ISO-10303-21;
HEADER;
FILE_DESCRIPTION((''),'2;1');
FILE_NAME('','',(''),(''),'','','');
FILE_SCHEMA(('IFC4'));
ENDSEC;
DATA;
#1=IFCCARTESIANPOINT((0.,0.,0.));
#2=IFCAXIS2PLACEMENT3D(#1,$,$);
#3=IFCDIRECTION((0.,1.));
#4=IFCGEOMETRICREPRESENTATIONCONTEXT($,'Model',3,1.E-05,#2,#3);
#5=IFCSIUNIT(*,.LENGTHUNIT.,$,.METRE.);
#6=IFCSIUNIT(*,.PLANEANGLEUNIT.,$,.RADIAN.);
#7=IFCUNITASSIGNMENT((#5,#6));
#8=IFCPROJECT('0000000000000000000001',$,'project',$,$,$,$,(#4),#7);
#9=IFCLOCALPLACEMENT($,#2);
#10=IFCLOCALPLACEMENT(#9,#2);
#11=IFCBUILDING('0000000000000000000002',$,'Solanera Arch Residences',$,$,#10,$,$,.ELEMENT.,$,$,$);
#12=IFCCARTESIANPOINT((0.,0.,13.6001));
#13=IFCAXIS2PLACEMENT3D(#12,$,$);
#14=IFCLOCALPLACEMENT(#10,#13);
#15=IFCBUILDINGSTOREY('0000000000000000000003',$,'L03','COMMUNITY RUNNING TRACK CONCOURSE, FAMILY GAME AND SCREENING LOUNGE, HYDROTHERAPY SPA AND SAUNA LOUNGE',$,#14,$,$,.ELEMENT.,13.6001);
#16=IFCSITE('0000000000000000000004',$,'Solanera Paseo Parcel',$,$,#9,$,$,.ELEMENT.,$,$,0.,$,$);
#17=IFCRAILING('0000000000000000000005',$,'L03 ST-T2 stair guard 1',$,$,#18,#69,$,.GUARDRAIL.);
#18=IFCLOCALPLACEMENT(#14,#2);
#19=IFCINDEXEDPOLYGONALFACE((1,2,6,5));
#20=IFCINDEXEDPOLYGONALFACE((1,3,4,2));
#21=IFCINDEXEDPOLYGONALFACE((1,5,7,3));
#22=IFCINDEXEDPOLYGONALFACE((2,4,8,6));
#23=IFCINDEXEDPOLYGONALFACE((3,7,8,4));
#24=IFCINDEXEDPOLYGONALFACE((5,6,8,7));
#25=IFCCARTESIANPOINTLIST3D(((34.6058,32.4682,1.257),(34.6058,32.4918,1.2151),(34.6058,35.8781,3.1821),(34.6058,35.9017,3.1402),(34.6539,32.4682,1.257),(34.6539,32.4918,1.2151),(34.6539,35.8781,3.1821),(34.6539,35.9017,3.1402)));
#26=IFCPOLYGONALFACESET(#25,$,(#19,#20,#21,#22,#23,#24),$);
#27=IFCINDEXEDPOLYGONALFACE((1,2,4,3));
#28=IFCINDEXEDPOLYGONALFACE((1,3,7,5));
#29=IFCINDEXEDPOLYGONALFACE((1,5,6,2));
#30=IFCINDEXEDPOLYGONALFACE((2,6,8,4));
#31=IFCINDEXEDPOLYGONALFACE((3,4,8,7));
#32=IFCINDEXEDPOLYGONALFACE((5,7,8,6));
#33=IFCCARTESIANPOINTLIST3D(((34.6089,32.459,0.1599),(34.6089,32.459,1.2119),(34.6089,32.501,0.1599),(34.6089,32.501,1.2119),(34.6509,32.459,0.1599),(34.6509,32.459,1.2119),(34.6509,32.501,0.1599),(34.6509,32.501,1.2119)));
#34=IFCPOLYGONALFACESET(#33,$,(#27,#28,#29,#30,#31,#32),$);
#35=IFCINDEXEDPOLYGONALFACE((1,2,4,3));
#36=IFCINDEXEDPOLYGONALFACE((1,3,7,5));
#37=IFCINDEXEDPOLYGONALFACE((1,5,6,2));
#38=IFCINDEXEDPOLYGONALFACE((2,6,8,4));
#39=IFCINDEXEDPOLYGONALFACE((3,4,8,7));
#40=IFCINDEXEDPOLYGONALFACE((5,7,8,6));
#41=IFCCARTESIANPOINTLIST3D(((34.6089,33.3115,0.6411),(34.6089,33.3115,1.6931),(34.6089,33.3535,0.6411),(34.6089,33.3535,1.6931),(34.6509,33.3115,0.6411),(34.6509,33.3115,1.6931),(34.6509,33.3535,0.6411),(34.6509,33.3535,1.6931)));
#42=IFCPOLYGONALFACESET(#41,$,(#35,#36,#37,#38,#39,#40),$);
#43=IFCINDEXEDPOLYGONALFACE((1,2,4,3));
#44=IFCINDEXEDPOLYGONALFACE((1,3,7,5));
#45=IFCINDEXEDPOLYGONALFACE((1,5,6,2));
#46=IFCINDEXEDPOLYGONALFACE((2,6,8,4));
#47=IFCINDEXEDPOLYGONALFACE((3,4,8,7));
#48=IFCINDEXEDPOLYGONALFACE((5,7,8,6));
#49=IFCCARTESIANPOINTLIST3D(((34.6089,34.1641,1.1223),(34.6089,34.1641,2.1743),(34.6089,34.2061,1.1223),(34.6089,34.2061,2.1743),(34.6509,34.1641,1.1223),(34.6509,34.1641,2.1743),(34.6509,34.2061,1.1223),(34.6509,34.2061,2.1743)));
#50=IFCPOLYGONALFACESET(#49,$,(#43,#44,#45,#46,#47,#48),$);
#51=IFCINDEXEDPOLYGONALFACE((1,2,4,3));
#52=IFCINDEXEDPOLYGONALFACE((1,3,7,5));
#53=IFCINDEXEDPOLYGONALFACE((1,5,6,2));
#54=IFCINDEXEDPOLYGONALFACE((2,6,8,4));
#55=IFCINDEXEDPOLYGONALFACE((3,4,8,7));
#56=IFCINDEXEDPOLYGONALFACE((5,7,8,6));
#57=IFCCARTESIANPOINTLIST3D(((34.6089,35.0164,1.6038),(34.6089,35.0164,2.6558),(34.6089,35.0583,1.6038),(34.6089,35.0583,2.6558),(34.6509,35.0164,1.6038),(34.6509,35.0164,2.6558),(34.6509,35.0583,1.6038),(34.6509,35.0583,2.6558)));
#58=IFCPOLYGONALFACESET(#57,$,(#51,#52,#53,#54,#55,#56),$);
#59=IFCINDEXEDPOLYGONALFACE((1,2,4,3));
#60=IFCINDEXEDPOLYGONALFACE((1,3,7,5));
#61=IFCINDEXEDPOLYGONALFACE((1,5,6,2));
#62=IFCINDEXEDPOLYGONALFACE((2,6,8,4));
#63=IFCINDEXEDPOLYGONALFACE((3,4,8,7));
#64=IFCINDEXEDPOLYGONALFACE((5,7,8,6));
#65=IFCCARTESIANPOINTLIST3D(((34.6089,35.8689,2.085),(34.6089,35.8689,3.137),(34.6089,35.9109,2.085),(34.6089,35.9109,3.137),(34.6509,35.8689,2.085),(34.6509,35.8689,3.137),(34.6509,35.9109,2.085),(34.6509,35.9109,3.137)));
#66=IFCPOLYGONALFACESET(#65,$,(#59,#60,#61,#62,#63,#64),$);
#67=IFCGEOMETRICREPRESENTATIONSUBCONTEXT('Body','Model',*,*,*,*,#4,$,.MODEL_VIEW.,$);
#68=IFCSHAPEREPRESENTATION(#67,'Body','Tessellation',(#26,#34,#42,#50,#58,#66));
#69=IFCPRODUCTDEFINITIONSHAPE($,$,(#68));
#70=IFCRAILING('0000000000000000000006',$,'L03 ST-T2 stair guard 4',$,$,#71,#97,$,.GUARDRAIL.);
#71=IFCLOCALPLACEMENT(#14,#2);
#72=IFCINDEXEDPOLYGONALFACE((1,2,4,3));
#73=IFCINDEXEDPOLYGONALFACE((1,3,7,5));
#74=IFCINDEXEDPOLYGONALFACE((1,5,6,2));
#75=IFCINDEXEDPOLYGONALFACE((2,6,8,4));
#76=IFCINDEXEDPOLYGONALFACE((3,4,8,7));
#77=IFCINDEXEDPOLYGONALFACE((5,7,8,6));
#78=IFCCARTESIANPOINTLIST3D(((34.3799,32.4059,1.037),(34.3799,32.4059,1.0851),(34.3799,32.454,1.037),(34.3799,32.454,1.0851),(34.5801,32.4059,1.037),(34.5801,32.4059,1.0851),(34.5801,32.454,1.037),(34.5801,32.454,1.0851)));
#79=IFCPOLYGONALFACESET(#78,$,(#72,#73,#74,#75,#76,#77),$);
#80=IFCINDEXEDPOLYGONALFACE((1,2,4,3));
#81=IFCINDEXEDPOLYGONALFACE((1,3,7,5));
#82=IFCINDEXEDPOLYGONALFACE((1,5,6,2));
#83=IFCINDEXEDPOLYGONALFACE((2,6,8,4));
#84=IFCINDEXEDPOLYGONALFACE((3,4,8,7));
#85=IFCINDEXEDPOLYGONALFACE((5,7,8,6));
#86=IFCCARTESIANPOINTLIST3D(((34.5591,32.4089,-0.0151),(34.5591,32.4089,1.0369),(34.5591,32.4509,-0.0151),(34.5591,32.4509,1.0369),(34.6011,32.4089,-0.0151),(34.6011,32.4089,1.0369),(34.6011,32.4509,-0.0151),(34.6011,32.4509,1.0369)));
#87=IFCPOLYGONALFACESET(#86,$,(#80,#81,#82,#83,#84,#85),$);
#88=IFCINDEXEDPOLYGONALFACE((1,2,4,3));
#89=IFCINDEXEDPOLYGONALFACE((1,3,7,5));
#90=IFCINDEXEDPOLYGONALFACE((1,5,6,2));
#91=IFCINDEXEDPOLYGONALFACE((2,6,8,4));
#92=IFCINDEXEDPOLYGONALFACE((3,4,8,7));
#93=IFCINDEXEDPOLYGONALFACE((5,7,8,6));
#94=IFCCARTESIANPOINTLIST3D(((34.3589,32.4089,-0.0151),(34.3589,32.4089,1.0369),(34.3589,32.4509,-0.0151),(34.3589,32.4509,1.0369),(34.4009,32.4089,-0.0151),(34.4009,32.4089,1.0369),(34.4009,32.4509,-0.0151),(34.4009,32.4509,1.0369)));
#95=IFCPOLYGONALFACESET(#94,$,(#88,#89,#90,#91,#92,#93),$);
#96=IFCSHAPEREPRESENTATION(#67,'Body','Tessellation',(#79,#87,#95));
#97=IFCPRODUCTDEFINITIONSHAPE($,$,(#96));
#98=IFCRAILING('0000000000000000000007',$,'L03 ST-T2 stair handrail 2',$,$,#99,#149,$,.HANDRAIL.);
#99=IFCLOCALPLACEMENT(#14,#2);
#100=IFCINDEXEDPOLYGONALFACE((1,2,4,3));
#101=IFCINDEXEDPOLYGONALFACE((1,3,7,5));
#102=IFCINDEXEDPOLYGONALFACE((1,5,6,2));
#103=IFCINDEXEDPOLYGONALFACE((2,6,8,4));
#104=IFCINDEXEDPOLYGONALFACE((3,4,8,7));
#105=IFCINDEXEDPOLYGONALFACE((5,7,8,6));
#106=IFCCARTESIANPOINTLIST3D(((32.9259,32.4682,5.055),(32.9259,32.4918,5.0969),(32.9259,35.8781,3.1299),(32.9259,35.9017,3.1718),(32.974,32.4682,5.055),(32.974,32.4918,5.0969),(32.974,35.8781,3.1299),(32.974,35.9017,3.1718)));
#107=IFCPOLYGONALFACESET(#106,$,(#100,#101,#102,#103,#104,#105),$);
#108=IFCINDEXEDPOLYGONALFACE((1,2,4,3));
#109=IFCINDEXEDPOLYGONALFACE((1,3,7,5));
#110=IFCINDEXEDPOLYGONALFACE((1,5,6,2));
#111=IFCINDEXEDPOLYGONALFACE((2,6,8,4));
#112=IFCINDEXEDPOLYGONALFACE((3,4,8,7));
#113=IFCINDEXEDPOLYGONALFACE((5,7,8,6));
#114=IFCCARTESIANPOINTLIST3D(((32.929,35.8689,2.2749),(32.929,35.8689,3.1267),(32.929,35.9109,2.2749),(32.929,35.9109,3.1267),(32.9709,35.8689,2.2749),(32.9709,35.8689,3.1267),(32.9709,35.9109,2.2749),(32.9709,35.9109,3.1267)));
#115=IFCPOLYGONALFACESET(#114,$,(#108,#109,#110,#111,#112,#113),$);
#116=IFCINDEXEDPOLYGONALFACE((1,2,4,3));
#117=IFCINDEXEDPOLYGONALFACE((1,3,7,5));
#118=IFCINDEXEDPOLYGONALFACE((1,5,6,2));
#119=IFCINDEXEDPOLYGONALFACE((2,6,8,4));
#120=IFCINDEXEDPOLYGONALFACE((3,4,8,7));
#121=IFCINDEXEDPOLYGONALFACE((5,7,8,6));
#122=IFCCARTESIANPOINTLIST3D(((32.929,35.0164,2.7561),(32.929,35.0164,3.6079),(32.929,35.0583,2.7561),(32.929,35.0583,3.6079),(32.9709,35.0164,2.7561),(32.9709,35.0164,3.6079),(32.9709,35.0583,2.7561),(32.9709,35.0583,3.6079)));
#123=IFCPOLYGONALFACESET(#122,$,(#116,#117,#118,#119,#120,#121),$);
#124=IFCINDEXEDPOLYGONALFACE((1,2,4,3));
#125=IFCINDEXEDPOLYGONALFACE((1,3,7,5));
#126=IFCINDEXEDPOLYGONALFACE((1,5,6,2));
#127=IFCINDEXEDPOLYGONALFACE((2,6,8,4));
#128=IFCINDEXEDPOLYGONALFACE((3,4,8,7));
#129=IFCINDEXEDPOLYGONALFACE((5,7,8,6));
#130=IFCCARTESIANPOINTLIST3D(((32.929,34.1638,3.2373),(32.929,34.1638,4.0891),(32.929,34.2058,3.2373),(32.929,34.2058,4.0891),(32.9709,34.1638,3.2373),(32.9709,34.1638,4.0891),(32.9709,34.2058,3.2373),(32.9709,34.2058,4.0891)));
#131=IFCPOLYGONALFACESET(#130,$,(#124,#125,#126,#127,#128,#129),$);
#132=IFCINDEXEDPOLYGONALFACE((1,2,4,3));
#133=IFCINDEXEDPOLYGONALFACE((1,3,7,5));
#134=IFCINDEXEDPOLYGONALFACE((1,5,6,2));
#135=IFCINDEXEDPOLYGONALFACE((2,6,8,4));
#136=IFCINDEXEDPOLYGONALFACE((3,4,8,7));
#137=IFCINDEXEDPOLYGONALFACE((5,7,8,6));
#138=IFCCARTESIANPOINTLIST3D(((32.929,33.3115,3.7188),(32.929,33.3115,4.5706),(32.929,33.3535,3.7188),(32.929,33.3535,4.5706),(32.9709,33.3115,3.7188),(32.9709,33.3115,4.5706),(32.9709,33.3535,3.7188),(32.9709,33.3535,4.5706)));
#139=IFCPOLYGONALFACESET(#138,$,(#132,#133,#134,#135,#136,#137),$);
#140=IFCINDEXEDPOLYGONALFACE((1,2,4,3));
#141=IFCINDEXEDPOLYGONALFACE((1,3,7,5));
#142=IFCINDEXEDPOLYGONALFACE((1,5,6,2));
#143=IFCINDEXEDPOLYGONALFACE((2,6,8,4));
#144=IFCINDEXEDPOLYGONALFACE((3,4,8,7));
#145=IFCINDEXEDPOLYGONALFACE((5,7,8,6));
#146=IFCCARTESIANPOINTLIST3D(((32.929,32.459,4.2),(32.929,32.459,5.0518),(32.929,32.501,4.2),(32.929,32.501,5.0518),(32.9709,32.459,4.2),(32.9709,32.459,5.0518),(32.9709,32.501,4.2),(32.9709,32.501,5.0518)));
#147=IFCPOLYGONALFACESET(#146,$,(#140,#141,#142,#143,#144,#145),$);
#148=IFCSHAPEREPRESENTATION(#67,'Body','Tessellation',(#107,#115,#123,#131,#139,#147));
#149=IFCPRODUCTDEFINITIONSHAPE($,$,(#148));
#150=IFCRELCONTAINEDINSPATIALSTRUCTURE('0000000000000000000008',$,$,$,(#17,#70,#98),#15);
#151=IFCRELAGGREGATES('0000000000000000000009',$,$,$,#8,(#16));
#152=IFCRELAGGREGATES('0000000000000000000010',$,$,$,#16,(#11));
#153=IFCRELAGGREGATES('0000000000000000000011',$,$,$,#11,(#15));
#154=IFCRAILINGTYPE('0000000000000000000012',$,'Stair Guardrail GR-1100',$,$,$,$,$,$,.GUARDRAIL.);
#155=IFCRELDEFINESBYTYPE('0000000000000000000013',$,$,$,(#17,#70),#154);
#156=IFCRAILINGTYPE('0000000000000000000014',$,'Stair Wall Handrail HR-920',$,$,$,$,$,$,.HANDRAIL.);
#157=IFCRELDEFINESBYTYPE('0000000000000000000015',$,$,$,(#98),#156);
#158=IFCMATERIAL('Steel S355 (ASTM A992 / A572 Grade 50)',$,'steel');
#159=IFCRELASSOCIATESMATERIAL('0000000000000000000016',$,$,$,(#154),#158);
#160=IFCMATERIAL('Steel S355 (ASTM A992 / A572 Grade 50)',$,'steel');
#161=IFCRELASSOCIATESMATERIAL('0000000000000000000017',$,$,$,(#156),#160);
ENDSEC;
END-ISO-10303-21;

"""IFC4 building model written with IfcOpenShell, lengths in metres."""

from ifc_helpers import new_model, si_unit, direction, frame, origin, origin_2d, place, context, subcontext, project, spatial, rectangle, extrude, material, type_object, element, save


model = new_model("IFC4")

# Units and contexts
model_context = context("Model", 3, precision=1e-05, world=origin(), true_north=direction((0.0, 1.0)))
body_context = subcontext(model_context, "Body", "Model", "MODEL_VIEW")
ifc_project = project(units=[si_unit("LENGTHUNIT", "METRE"), si_unit("PLANEANGLEUNIT", "RADIAN")], contexts=[model_context])

# Site, building, storey
site_placement = place(None, origin())
site = spatial("IfcSite", under=ifc_project, at=site_placement, Name="Solanera Paseo Parcel", CompositionType="ELEMENT", RefElevation=0.0)
building_placement = place(site_placement, origin())
building = spatial("IfcBuilding", under=site, at=building_placement, Name="Solanera Arch Residences", CompositionType="ELEMENT")
storey_placement = place(building_placement, frame((0.0, 0.0, 13.6001)))
storey = spatial("IfcBuildingStorey", under=building, at=storey_placement, Name="L03", Description="COMMUNITY RUNNING TRACK CONCOURSE, FAMILY GAME AND SCREENING LOUNGE, HYDROTHERAPY SPA AND SAUNA LOUNGE", CompositionType="ELEMENT", Elevation=13.6001)

# Railings
ifc_material_1 = material(Name="Steel S355 (ASTM A992 / A572 Grade 50)", Category="steel")
railing_type_1 = type_object("IfcRailingType", Name="Stair Guardrail GR-1100", PredefinedType="GUARDRAIL", material=ifc_material_1)
railing_1_placement = place(storey_placement, frame((34.6299, 32.48, 0.1599)))
element("IfcRailing", 1, at=railing_1_placement, inside=storey, type_object=railing_type_1, Name="L03 ST-T2 stair guard 1", PredefinedType="GUARDRAIL", context=body_context, shape_type="SweptSolid", body=[
    extrude(rectangle(XDim=0.0481, YDim=0.0481, at=origin_2d()), frame((0.0, 0.0, 1.0762), z_axis=(0.0, 0.870814, 0.491613), x_axis=(-1.0, 0.0, 0.0)), (0.0, 0.0, 1.0), 3.9158),
    extrude(rectangle(XDim=0.042, YDim=0.042, at=origin_2d()), origin(), (0.0, 0.0, 1.0), 1.052),
    extrude(rectangle(XDim=0.042, YDim=0.042, at=origin_2d()), frame((0.0, 0.8525, 0.4812)), (0.0, 0.0, 1.0), 1.052),
    extrude(rectangle(XDim=0.042, YDim=0.042, at=origin_2d()), frame((0.0, 1.7051, 0.9624)), (0.0, 0.0, 1.0), 1.052),
    extrude(rectangle(XDim=0.042, YDim=0.042, at=origin_2d()), frame((0.0, 2.5574, 1.4438)), (0.0, 0.0, 1.0), 1.052),
    extrude(rectangle(XDim=0.042, YDim=0.042, at=origin_2d()), frame((0.0, 3.4099, 1.925)), (0.0, 0.0, 1.0), 1.052),
])
railing_2_placement = place(storey_placement, frame((34.5801, 32.4299, -0.0151)))
element("IfcRailing", 2, at=railing_2_placement, inside=storey, type_object=railing_type_1, Name="L03 ST-T2 stair guard 4", PredefinedType="GUARDRAIL", context=body_context, shape_type="SweptSolid", body=[
    extrude(rectangle(XDim=0.0481, YDim=0.0481, at=origin_2d()), frame((0.0, 0.0, 1.0762), z_axis=(-1.0, 0.0, 0.0), x_axis=(0.0, -1.0, 0.0)), (0.0, 0.0, 1.0), 0.2002),
    extrude(rectangle(XDim=0.042, YDim=0.042, at=origin_2d()), origin(), (0.0, 0.0, 1.0), 1.052),
    extrude(rectangle(XDim=0.042, YDim=0.042, at=origin_2d()), frame((-0.2002, 0.0, 0.0)), (0.0, 0.0, 1.0), 1.052),
])
ifc_material_2 = material(Name="Steel S355 (ASTM A992 / A572 Grade 50)", Category="steel")
railing_type_2 = type_object("IfcRailingType", Name="Stair Wall Handrail HR-920", PredefinedType="HANDRAIL", material=ifc_material_2)
railing_3_placement = place(storey_placement, frame((32.95, 35.8899, 2.2749)))
element("IfcRailing", 3, at=railing_3_placement, inside=storey, type_object=railing_type_2, Name="L03 ST-T2 stair handrail 2", PredefinedType="HANDRAIL", context=body_context, shape_type="SweptSolid", body=[
    extrude(rectangle(XDim=0.0481, YDim=0.0481, at=origin_2d()), frame((0.0, 0.0, 0.876), z_axis=(0.0, -0.870814, 0.491613), x_axis=(1.0, 0.0, 0.0)), (0.0, 0.0, 1.0), 3.9158),
    extrude(rectangle(XDim=0.042, YDim=0.042, at=origin_2d()), origin(), (0.0, 0.0, 1.0), 0.8518),
    extrude(rectangle(XDim=0.042, YDim=0.042, at=origin_2d()), frame((0.0, -0.8525, 0.4812)), (0.0, 0.0, 1.0), 0.8518),
    extrude(rectangle(XDim=0.042, YDim=0.042, at=origin_2d()), frame((0.0, -1.7051, 0.9624)), (0.0, 0.0, 1.0), 0.8518),
    extrude(rectangle(XDim=0.042, YDim=0.042, at=origin_2d()), frame((0.0, -2.5574, 1.4438)), (0.0, 0.0, 1.0), 0.8518),
    extrude(rectangle(XDim=0.042, YDim=0.042, at=origin_2d()), frame((0.0, -3.4099, 1.925)), (0.0, 0.0, 1.0), 0.8518),
])

save(model, "model.ifc")
